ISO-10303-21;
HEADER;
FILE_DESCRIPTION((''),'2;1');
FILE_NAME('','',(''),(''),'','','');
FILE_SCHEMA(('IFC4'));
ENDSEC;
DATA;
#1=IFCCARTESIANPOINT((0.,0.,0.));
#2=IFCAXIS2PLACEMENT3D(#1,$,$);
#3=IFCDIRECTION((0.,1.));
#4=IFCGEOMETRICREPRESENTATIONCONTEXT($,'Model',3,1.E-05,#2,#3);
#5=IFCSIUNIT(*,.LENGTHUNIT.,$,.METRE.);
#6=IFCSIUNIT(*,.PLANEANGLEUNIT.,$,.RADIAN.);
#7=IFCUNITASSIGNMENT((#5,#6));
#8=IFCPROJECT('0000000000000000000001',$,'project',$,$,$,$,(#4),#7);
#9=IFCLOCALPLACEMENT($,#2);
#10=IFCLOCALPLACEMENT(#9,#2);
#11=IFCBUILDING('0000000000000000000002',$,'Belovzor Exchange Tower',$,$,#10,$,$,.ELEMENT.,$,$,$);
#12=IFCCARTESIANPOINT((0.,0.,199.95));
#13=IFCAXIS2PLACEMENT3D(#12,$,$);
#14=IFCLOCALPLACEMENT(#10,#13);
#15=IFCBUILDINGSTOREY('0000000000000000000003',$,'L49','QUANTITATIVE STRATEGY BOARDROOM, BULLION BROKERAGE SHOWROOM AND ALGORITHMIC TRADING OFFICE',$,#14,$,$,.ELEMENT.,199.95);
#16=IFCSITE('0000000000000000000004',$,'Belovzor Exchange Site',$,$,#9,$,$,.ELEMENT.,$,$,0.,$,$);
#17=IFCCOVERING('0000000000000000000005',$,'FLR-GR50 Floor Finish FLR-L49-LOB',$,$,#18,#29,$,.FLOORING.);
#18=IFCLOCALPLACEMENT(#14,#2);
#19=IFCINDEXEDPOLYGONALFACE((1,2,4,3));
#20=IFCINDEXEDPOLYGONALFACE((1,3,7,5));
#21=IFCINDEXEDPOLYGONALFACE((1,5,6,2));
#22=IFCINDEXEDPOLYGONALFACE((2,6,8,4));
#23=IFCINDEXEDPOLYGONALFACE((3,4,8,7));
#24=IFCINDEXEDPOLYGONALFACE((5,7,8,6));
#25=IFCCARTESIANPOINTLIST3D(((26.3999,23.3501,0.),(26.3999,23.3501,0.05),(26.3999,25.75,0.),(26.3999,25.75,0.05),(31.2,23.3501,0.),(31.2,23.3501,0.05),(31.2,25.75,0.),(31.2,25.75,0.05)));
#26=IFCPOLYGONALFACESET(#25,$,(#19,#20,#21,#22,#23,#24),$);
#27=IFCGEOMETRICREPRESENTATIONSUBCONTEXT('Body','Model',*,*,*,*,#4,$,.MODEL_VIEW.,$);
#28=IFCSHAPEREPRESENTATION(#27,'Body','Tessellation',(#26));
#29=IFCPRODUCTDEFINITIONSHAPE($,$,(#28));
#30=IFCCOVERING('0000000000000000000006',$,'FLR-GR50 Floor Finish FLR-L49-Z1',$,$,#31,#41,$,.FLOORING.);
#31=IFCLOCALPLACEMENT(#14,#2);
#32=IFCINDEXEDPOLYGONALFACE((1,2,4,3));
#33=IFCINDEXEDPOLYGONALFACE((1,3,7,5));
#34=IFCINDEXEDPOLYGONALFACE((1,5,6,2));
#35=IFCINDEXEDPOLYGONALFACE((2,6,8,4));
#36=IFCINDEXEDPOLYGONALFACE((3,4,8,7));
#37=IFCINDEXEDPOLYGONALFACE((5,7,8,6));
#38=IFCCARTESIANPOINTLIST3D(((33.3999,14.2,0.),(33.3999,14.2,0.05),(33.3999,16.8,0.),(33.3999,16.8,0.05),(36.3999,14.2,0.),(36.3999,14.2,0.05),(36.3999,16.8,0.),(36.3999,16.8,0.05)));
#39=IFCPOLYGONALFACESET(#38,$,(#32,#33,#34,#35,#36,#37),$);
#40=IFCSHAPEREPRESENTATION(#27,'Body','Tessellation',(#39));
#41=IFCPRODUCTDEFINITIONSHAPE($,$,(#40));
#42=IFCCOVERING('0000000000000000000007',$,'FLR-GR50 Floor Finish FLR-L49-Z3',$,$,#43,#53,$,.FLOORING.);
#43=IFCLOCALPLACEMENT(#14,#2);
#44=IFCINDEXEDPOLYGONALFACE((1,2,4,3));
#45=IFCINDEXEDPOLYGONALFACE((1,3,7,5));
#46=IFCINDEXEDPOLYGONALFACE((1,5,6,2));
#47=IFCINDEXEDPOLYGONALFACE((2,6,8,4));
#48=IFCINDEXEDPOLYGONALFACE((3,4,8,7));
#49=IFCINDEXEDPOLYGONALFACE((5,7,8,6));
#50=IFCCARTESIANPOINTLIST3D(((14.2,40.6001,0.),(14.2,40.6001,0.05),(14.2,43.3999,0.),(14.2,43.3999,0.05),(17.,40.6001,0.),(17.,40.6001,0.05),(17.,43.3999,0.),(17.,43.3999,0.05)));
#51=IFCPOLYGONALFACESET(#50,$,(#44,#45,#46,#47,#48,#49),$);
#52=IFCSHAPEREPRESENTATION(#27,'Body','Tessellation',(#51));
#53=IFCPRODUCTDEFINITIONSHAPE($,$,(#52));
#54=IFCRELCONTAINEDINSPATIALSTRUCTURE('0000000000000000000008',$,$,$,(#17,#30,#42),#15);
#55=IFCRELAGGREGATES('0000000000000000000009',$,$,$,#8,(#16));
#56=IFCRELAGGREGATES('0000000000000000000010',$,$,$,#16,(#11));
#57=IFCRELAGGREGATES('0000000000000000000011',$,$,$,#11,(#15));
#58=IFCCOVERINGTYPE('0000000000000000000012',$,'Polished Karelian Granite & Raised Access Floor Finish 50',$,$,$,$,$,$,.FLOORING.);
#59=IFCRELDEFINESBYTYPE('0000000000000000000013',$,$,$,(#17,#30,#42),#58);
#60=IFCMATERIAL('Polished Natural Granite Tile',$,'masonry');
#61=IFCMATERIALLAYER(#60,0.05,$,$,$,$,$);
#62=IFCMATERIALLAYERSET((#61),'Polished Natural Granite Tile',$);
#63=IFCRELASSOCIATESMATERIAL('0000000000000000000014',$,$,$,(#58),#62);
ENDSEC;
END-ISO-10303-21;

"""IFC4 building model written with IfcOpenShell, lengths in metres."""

from ifc_helpers import new_model, si_unit, direction, frame, origin, place, context, subcontext, project, spatial, polyline, outline, extrude, material, layer, layer_set, type_object, element, save


model = new_model("IFC4")

# Units and contexts
model_context = context("Model", 3, precision=1e-05, world=origin(), true_north=direction((0.0, 1.0)))
body_context = subcontext(model_context, "Body", "Model", "MODEL_VIEW")
ifc_project = project(units=[si_unit("LENGTHUNIT", "METRE"), si_unit("PLANEANGLEUNIT", "RADIAN")], contexts=[model_context])

# Site, building, storey
site_placement = place(None, origin())
site = spatial("IfcSite", under=ifc_project, at=site_placement, Name="Belovzor Exchange Site", CompositionType="ELEMENT", RefElevation=0.0)
building_placement = place(site_placement, origin())
building = spatial("IfcBuilding", under=site, at=building_placement, Name="Belovzor Exchange Tower", CompositionType="ELEMENT")
storey_placement = place(building_placement, frame((0.0, 0.0, 199.95)))
storey = spatial("IfcBuildingStorey", under=building, at=storey_placement, Name="L49", Description="QUANTITATIVE STRATEGY BOARDROOM, BULLION BROKERAGE SHOWROOM AND ALGORITHMIC TRADING OFFICE", CompositionType="ELEMENT", Elevation=199.95)

# Coverings
ifc_material_1 = material(Name="Polished Natural Granite Tile", Category="masonry")
ifc_layer_1 = layer(ifc_material_1, 0.05)
ifc_layer_set_1 = layer_set([ifc_layer_1], Name="Polished Natural Granite Tile")
covering_type_1 = type_object("IfcCoveringType", Name="Polished Karelian Granite & Raised Access Floor Finish 50", PredefinedType="FLOORING", material=ifc_layer_set_1)
covering_1_placement = place(storey_placement, origin())
element("IfcCovering", 1, at=covering_1_placement, inside=storey, type_object=covering_type_1, Name="FLR-GR50 Floor Finish FLR-L49-LOB", PredefinedType="FLOORING", context=body_context, shape_type="SweptSolid", body=[
    extrude(outline(polyline([(26.3999, 23.3501), (31.2, 23.3501), (31.2, 25.75), (26.3999, 25.75), (26.3999, 23.3501)])), origin(), (0.0, 0.0, 1.0), 0.05),
])
covering_2_placement = place(storey_placement, origin())
element("IfcCovering", 2, at=covering_2_placement, inside=storey, type_object=covering_type_1, Name="FLR-GR50 Floor Finish FLR-L49-Z1", PredefinedType="FLOORING", context=body_context, shape_type="SweptSolid", body=[
    extrude(outline(polyline([(33.3999, 14.2), (36.3999, 14.2), (36.3999, 16.8), (33.3999, 16.8), (33.3999, 14.2)])), origin(), (0.0, 0.0, 1.0), 0.05),
])
covering_3_placement = place(storey_placement, origin())
element("IfcCovering", 3, at=covering_3_placement, inside=storey, type_object=covering_type_1, Name="FLR-GR50 Floor Finish FLR-L49-Z3", PredefinedType="FLOORING", context=body_context, shape_type="SweptSolid", body=[
    extrude(outline(polyline([(14.2, 40.6001), (17.0, 40.6001), (17.0, 43.3999), (14.2, 43.3999), (14.2, 40.6001)])), origin(), (0.0, 0.0, 1.0), 0.05),
])

save(model, "model.ifc")
